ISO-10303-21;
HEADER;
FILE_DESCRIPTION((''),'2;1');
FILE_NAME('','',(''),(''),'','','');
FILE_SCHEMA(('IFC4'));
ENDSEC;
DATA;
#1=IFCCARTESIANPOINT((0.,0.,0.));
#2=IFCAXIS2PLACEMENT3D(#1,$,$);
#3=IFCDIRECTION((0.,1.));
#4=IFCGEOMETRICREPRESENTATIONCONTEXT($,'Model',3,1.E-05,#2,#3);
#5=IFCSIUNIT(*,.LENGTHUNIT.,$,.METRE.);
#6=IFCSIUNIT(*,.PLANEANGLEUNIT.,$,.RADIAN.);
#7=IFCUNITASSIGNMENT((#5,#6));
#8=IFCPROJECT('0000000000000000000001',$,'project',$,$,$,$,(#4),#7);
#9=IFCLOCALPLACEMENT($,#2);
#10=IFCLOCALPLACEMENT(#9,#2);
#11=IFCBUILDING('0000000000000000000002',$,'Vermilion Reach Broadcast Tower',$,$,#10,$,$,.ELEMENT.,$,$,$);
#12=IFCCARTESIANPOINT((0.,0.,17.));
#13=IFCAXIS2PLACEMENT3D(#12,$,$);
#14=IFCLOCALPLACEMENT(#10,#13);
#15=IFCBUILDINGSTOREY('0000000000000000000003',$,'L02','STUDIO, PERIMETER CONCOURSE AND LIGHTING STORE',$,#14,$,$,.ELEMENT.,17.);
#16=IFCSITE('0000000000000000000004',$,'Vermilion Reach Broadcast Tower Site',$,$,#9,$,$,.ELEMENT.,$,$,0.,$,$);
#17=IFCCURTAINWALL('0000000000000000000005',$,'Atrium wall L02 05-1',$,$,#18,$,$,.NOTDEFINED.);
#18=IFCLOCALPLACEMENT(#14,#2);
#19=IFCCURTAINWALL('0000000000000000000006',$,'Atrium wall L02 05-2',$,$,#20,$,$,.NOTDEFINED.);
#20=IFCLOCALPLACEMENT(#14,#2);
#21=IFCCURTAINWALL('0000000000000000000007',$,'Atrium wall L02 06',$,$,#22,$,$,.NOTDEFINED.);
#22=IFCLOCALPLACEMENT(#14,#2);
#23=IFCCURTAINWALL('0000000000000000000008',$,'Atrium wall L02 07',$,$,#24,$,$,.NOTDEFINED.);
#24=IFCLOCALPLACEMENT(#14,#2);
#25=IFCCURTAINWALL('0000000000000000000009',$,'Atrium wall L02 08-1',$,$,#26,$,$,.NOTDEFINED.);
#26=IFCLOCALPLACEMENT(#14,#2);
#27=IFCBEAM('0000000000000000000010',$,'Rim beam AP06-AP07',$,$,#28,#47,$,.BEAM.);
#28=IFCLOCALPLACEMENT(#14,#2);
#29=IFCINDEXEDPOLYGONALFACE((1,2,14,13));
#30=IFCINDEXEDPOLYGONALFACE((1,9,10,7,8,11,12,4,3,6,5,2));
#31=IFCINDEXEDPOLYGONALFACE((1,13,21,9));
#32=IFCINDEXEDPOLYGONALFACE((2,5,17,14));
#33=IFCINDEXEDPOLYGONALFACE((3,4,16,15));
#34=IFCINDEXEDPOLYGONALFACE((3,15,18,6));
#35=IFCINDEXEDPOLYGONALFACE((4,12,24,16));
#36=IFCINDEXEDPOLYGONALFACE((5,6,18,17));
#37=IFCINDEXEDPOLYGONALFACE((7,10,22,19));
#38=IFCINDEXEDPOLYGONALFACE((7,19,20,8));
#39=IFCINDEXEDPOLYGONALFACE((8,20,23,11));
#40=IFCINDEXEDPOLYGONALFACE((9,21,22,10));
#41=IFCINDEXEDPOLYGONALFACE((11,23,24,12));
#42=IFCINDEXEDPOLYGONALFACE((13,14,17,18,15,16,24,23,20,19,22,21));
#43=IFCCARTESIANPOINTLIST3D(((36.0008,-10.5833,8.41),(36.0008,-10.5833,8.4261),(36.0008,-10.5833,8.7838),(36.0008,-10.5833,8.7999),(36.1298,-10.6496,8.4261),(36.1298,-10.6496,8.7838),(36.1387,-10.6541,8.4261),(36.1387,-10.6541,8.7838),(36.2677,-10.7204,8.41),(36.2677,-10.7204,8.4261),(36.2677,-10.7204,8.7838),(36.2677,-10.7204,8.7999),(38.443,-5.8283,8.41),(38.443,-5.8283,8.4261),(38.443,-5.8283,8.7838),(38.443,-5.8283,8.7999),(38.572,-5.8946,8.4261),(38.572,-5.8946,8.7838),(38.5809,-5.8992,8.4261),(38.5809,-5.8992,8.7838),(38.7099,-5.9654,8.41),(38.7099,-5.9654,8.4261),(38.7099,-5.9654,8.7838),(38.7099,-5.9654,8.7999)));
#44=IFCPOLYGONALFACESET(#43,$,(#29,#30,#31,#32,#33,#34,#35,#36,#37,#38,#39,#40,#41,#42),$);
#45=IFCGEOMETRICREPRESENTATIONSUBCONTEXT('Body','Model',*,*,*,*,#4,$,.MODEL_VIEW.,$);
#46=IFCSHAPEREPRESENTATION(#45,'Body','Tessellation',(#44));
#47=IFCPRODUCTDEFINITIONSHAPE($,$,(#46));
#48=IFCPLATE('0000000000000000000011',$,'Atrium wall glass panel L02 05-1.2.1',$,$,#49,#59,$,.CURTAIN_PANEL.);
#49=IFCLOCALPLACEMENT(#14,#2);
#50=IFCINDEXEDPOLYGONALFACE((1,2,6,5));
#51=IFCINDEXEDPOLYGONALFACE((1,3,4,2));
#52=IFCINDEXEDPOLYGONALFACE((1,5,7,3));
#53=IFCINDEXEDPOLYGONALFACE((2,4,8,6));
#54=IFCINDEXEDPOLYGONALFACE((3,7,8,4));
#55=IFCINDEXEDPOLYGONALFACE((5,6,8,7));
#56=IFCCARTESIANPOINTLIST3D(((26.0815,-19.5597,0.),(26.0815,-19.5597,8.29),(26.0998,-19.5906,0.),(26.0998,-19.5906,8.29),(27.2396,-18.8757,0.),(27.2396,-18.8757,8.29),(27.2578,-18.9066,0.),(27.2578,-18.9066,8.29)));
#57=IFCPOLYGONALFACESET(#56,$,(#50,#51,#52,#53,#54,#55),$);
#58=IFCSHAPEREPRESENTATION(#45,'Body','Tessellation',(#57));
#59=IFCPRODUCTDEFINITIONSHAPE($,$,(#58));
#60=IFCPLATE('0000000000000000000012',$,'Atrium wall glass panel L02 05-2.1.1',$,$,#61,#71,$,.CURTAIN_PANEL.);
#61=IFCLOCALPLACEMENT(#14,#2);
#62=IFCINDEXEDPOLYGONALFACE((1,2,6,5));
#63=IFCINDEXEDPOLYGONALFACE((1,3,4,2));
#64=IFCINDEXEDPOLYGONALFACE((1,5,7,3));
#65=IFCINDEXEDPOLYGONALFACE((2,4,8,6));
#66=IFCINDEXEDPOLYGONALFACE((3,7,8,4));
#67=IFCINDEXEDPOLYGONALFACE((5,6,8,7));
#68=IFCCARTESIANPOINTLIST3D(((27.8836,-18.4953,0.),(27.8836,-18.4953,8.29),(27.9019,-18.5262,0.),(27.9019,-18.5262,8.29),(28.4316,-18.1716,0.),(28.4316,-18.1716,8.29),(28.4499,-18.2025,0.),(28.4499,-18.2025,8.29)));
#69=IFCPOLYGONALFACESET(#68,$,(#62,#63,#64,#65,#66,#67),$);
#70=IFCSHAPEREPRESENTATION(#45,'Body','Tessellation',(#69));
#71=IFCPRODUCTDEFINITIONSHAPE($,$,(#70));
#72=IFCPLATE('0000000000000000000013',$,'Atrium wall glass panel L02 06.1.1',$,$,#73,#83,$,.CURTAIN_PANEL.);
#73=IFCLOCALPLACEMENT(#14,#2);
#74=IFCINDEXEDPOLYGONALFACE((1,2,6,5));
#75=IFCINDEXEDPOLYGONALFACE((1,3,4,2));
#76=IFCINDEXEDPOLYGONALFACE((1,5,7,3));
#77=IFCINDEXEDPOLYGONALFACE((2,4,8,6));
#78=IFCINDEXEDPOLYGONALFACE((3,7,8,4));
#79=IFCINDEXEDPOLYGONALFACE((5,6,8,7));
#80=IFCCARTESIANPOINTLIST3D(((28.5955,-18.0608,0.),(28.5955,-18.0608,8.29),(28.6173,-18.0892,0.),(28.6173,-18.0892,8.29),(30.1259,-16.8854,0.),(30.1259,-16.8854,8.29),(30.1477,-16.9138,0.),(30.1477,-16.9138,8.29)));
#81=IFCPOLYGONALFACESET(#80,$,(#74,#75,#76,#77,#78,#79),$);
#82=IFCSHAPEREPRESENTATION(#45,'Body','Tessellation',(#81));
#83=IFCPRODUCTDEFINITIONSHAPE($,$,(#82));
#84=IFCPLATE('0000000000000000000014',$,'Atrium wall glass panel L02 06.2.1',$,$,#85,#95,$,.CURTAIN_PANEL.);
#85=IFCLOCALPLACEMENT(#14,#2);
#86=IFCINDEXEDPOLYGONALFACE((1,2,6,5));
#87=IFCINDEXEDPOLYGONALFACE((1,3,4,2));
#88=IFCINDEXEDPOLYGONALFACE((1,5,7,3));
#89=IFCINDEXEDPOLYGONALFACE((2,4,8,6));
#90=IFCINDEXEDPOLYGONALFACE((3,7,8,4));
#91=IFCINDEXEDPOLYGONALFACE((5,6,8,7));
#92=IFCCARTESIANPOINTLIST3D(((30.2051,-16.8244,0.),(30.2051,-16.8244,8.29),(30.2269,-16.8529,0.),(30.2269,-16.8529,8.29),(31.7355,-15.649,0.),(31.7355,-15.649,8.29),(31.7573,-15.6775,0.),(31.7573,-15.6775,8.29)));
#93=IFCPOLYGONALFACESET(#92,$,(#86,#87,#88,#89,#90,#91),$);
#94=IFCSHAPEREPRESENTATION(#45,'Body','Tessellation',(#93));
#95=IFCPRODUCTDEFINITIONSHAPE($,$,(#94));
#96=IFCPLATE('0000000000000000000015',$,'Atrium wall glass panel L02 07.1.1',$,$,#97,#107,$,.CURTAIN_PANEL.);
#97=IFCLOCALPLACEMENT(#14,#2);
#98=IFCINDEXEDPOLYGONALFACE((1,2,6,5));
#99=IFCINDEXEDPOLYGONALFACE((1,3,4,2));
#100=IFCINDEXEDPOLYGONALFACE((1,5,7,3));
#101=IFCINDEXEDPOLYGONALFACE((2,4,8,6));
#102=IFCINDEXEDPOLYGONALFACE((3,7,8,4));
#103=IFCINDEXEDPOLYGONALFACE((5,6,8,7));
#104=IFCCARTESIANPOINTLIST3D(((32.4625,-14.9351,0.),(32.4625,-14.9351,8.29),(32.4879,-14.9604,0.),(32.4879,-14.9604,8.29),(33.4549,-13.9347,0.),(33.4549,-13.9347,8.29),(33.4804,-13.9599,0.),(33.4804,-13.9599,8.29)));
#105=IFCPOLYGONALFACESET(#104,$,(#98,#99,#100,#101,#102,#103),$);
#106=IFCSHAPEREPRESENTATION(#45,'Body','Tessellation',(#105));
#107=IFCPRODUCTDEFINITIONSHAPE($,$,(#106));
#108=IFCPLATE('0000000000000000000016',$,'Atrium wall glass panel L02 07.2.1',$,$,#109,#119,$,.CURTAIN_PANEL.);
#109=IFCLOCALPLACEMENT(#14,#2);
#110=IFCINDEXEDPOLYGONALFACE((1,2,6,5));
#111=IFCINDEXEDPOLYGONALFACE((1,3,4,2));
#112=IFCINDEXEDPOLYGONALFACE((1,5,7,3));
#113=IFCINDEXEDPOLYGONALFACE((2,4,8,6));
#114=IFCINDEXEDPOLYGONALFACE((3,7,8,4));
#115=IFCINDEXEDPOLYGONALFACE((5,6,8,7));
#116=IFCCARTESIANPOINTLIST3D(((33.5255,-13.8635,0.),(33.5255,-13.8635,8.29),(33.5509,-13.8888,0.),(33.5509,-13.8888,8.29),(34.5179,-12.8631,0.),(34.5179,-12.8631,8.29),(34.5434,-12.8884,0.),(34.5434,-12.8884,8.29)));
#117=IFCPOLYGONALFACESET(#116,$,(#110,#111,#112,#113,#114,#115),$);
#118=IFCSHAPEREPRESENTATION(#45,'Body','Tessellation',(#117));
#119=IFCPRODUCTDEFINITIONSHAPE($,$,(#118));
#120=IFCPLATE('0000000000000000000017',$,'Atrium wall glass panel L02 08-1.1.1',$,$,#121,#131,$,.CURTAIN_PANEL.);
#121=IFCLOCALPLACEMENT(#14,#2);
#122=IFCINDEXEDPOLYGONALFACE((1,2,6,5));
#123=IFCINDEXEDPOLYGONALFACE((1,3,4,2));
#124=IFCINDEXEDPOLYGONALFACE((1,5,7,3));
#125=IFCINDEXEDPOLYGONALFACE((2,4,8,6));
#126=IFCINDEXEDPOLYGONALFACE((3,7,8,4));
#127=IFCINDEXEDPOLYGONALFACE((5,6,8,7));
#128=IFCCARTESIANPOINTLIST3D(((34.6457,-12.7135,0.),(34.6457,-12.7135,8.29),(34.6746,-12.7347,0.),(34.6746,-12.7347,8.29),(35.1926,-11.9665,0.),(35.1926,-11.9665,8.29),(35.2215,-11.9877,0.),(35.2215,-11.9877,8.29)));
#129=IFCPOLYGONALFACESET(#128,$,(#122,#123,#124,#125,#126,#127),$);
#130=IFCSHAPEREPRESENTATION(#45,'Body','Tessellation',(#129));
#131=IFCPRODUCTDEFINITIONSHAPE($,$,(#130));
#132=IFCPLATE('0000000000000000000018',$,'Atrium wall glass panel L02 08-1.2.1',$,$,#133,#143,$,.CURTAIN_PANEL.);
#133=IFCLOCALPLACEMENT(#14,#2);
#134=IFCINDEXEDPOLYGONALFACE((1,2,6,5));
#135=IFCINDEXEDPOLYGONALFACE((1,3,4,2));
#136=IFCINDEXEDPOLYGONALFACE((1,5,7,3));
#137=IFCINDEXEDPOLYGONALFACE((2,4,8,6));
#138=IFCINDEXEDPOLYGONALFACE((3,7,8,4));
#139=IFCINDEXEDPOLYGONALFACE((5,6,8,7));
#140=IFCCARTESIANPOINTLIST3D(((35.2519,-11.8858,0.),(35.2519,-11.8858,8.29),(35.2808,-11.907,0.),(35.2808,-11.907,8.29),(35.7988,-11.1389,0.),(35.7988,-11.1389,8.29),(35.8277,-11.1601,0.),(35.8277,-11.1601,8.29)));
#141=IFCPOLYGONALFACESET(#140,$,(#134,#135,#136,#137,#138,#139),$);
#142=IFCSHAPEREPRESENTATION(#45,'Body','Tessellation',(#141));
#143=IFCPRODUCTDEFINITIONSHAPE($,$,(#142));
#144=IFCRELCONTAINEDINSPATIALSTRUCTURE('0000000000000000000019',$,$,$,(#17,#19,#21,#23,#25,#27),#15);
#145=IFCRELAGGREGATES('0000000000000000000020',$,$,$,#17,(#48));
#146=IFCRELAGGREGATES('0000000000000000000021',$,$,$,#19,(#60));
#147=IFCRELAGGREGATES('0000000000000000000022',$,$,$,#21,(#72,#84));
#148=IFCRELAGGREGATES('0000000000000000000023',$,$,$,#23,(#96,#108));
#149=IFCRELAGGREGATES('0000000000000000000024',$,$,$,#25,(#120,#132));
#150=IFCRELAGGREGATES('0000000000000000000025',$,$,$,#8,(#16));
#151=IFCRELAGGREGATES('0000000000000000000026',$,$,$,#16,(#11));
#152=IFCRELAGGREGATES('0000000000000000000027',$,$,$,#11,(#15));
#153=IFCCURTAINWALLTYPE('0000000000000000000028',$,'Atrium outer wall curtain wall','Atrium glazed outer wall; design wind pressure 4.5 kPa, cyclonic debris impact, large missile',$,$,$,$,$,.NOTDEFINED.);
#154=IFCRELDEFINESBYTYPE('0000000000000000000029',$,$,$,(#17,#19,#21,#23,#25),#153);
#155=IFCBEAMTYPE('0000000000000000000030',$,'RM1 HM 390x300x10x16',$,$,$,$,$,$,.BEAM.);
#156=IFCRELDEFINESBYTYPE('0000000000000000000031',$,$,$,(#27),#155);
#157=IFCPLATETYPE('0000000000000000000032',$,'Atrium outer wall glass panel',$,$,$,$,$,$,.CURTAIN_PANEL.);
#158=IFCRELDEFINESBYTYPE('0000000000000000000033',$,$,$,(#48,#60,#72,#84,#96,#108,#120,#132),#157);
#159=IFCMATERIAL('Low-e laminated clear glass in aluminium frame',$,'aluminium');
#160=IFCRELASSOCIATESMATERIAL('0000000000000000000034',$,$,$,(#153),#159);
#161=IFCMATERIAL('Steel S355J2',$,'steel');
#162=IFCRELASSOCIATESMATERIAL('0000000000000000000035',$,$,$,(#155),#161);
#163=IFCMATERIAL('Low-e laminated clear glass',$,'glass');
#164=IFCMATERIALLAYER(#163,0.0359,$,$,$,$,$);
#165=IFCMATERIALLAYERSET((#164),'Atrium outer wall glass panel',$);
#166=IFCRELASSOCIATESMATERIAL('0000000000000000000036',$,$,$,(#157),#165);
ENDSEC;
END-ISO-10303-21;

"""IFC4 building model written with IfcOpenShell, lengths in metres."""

from ifc_helpers import new_model, si_unit, direction, frame, origin, origin_2d, place, context, subcontext, project, spatial, rectangle, i_section, extrude, material, layer, layer_set, material_profile, profile_set, type_object, element, aggregate, save


model = new_model("IFC4")

# Units and contexts
model_context = context("Model", 3, precision=1e-05, world=origin(), true_north=direction((0.0, 1.0)))
body_context = subcontext(model_context, "Body", "Model", "MODEL_VIEW")
ifc_project = project(units=[si_unit("LENGTHUNIT", "METRE"), si_unit("PLANEANGLEUNIT", "RADIAN")], contexts=[model_context])

# Site, building, storey
site_placement = place(None, origin())
site = spatial("IfcSite", under=ifc_project, at=site_placement, Name="Vermilion Reach Broadcast Tower Site", CompositionType="ELEMENT", RefElevation=0.0)
building_placement = place(site_placement, origin())
building = spatial("IfcBuilding", under=site, at=building_placement, Name="Vermilion Reach Broadcast Tower", CompositionType="ELEMENT")
storey_placement = place(building_placement, frame((0.0, 0.0, 17.0)))
storey = spatial("IfcBuildingStorey", under=building, at=storey_placement, Name="L02", Description="STUDIO, PERIMETER CONCOURSE AND LIGHTING STORE", CompositionType="ELEMENT", Elevation=17.0)

# Curtain wall
ifc_material_1 = material(Name="Low-e laminated clear glass in aluminium frame", Category="aluminium")
curtain_wall_type = type_object("IfcCurtainWallType", Name="Atrium outer wall curtain wall", Description="Atrium glazed outer wall; design wind pressure 4.5 kPa, cyclonic debris impact, large missile", PredefinedType="NOTDEFINED", material=ifc_material_1)
placement = place(storey_placement, origin())
curtain_wall_1 = element("IfcCurtainWall", 1, at=placement, inside=storey, type_object=curtain_wall_type, Name="Atrium wall L02 05-1", PredefinedType="NOTDEFINED")

# Curtain walls
curtain_wall_2 = element("IfcCurtainWall", 2, at=placement, inside=storey, type_object=curtain_wall_type, Name="Atrium wall L02 05-2", PredefinedType="NOTDEFINED")
curtain_wall_3 = element("IfcCurtainWall", 3, at=placement, inside=storey, type_object=curtain_wall_type, Name="Atrium wall L02 06", PredefinedType="NOTDEFINED")
curtain_wall_4 = element("IfcCurtainWall", 4, at=placement, inside=storey, type_object=curtain_wall_type, Name="Atrium wall L02 07", PredefinedType="NOTDEFINED")
curtain_wall_5 = element("IfcCurtainWall", 5, at=placement, inside=storey, type_object=curtain_wall_type, Name="Atrium wall L02 08-1", PredefinedType="NOTDEFINED")

# Beam
ifc_material_2 = material(Name="Steel S355J2", Category="steel")
ifc_material_profile_1 = material_profile(ifc_material_2, i_section(OverallWidth=0.3, OverallDepth=0.3899, WebThickness=0.01, FlangeThickness=0.0161, at=origin_2d()), Name="S355J2 HM 390x300x10x16")
ifc_profile_set_1 = profile_set([ifc_material_profile_1], Name="Steel S355J2")
beam_type = type_object("IfcBeamType", Name="RM1 HM 390x300x10x16", PredefinedType="BEAM", material=ifc_profile_set_1)
beam_1_placement = place(storey_placement, frame((36.1343, -10.6519, 8.605), z_axis=(0.45687, 0.889533, 0.0), x_axis=(-0.889533, 0.45687, 0.0)))
element("IfcBeam", 6, at=beam_1_placement, inside=storey, type_object=beam_type, Name="Rim beam AP06-AP07", PredefinedType="BEAM", context=body_context, shape_type="SweptSolid", body=[
    extrude(i_section(OverallWidth=0.3, OverallDepth=0.3899, WebThickness=0.01, FlangeThickness=0.0161, at=origin_2d()), origin(), (0.0, 0.0, 1.0), 5.3455),
])

# Plates
ifc_material_3 = material(Name="Low-e laminated clear glass", Category="glass")
ifc_layer = layer(ifc_material_3, 0.0359)
ifc_layer_set = layer_set([ifc_layer], Name="Atrium outer wall glass panel")
plate_type = type_object("IfcPlateType", Name="Atrium outer wall glass panel", PredefinedType="CURTAIN_PANEL", material=ifc_layer_set)
plate_1_placement = place(storey_placement, frame((26.6697, -19.2332, 0.0), z_axis=(0.0, 0.0, 1.0), x_axis=(0.861009, 0.50859, 0.0)))
plate_1 = element("IfcPlate", 7, at=plate_1_placement, type_object=plate_type, Name="Atrium wall glass panel L02 05-1.2.1", PredefinedType="CURTAIN_PANEL", context=body_context, shape_type="SweptSolid", body=[
    extrude(rectangle(XDim=1.345, YDim=0.0359, at=origin_2d()), origin(), (0.0, 0.0, 1.0), 8.29),
])
aggregate(curtain_wall_1, [plate_1])
plate_2_placement = place(storey_placement, frame((28.1667, -18.3489, 0.0), z_axis=(0.0, 0.0, 1.0), x_axis=(0.861009, 0.50859, 0.0)))
plate_2 = element("IfcPlate", 8, at=plate_2_placement, type_object=plate_type, Name="Atrium wall glass panel L02 05-2.1.1", PredefinedType="CURTAIN_PANEL", context=body_context, shape_type="SweptSolid", body=[
    extrude(rectangle(XDim=0.6365, YDim=0.0359, at=origin_2d()), origin(), (0.0, 0.0, 1.0), 8.29),
])
aggregate(curtain_wall_2, [plate_2])
plate_3_placement = place(storey_placement, frame((29.3716, -17.4873, 0.0), z_axis=(0.0, 0.0, 1.0), x_axis=(0.793083, 0.609114, 0.0)))
plate_3 = element("IfcPlate", 9, at=plate_3_placement, type_object=plate_type, Name="Atrium wall glass panel L02 06.1.1", PredefinedType="CURTAIN_PANEL", context=body_context, shape_type="SweptSolid", body=[
    extrude(rectangle(XDim=1.9297, YDim=0.0359, at=origin_2d()), origin(), (0.0, 0.0, 1.0), 8.29),
])
plate_4_placement = place(storey_placement, frame((30.9812, -16.251, 0.0), z_axis=(0.0, 0.0, 1.0), x_axis=(0.793083, 0.609114, 0.0)))
plate_4 = element("IfcPlate", 10, at=plate_4_placement, type_object=plate_type, Name="Atrium wall glass panel L02 06.2.1", PredefinedType="CURTAIN_PANEL", context=body_context, shape_type="SweptSolid", body=[
    extrude(rectangle(XDim=1.9297, YDim=0.0359, at=origin_2d()), origin(), (0.0, 0.0, 1.0), 8.29),
])
aggregate(curtain_wall_3, [plate_3, plate_4])
plate_5_placement = place(storey_placement, frame((32.9714, -14.4475, 0.0), z_axis=(0.0, 0.0, 1.0), x_axis=(0.704276, 0.709926, 0.0)))
plate_5 = element("IfcPlate", 11, at=plate_5_placement, type_object=plate_type, Name="Atrium wall glass panel L02 07.1.1", PredefinedType="CURTAIN_PANEL", context=body_context, shape_type="SweptSolid", body=[
    extrude(rectangle(XDim=1.4092, YDim=0.0359, at=origin_2d()), origin(), (0.0, 0.0, 1.0), 8.29),
])
plate_6_placement = place(storey_placement, frame((34.0344, -13.376, 0.0), z_axis=(0.0, 0.0, 1.0), x_axis=(0.704276, 0.709926, 0.0)))
plate_6 = element("IfcPlate", 12, at=plate_6_placement, type_object=plate_type, Name="Atrium wall glass panel L02 07.2.1", PredefinedType="CURTAIN_PANEL", context=body_context, shape_type="SweptSolid", body=[
    extrude(rectangle(XDim=1.4092, YDim=0.0359, at=origin_2d()), origin(), (0.0, 0.0, 1.0), 8.29),
])
aggregate(curtain_wall_4, [plate_5, plate_6])
plate_7_placement = place(storey_placement, frame((34.9336, -12.3506, 0.0), z_axis=(0.0, 0.0, 1.0), x_axis=(0.59076, 0.806847, 0.0)))
plate_7 = element("IfcPlate", 13, at=plate_7_placement, type_object=plate_type, Name="Atrium wall glass panel L02 08-1.1.1", PredefinedType="CURTAIN_PANEL", context=body_context, shape_type="SweptSolid", body=[
    extrude(rectangle(XDim=0.9258, YDim=0.0359, at=origin_2d()), origin(), (0.0, 0.0, 1.0), 8.29),
])
plate_8_placement = place(storey_placement, frame((35.5398, -11.5229, 0.0), z_axis=(0.0, 0.0, 1.0), x_axis=(0.59076, 0.806847, 0.0)))
plate_8 = element("IfcPlate", 14, at=plate_8_placement, type_object=plate_type, Name="Atrium wall glass panel L02 08-1.2.1", PredefinedType="CURTAIN_PANEL", context=body_context, shape_type="SweptSolid", body=[
    extrude(rectangle(XDim=0.9258, YDim=0.0359, at=origin_2d()), origin(), (0.0, 0.0, 1.0), 8.29),
])
aggregate(curtain_wall_5, [plate_7, plate_8])

save(model, "model.ifc")
